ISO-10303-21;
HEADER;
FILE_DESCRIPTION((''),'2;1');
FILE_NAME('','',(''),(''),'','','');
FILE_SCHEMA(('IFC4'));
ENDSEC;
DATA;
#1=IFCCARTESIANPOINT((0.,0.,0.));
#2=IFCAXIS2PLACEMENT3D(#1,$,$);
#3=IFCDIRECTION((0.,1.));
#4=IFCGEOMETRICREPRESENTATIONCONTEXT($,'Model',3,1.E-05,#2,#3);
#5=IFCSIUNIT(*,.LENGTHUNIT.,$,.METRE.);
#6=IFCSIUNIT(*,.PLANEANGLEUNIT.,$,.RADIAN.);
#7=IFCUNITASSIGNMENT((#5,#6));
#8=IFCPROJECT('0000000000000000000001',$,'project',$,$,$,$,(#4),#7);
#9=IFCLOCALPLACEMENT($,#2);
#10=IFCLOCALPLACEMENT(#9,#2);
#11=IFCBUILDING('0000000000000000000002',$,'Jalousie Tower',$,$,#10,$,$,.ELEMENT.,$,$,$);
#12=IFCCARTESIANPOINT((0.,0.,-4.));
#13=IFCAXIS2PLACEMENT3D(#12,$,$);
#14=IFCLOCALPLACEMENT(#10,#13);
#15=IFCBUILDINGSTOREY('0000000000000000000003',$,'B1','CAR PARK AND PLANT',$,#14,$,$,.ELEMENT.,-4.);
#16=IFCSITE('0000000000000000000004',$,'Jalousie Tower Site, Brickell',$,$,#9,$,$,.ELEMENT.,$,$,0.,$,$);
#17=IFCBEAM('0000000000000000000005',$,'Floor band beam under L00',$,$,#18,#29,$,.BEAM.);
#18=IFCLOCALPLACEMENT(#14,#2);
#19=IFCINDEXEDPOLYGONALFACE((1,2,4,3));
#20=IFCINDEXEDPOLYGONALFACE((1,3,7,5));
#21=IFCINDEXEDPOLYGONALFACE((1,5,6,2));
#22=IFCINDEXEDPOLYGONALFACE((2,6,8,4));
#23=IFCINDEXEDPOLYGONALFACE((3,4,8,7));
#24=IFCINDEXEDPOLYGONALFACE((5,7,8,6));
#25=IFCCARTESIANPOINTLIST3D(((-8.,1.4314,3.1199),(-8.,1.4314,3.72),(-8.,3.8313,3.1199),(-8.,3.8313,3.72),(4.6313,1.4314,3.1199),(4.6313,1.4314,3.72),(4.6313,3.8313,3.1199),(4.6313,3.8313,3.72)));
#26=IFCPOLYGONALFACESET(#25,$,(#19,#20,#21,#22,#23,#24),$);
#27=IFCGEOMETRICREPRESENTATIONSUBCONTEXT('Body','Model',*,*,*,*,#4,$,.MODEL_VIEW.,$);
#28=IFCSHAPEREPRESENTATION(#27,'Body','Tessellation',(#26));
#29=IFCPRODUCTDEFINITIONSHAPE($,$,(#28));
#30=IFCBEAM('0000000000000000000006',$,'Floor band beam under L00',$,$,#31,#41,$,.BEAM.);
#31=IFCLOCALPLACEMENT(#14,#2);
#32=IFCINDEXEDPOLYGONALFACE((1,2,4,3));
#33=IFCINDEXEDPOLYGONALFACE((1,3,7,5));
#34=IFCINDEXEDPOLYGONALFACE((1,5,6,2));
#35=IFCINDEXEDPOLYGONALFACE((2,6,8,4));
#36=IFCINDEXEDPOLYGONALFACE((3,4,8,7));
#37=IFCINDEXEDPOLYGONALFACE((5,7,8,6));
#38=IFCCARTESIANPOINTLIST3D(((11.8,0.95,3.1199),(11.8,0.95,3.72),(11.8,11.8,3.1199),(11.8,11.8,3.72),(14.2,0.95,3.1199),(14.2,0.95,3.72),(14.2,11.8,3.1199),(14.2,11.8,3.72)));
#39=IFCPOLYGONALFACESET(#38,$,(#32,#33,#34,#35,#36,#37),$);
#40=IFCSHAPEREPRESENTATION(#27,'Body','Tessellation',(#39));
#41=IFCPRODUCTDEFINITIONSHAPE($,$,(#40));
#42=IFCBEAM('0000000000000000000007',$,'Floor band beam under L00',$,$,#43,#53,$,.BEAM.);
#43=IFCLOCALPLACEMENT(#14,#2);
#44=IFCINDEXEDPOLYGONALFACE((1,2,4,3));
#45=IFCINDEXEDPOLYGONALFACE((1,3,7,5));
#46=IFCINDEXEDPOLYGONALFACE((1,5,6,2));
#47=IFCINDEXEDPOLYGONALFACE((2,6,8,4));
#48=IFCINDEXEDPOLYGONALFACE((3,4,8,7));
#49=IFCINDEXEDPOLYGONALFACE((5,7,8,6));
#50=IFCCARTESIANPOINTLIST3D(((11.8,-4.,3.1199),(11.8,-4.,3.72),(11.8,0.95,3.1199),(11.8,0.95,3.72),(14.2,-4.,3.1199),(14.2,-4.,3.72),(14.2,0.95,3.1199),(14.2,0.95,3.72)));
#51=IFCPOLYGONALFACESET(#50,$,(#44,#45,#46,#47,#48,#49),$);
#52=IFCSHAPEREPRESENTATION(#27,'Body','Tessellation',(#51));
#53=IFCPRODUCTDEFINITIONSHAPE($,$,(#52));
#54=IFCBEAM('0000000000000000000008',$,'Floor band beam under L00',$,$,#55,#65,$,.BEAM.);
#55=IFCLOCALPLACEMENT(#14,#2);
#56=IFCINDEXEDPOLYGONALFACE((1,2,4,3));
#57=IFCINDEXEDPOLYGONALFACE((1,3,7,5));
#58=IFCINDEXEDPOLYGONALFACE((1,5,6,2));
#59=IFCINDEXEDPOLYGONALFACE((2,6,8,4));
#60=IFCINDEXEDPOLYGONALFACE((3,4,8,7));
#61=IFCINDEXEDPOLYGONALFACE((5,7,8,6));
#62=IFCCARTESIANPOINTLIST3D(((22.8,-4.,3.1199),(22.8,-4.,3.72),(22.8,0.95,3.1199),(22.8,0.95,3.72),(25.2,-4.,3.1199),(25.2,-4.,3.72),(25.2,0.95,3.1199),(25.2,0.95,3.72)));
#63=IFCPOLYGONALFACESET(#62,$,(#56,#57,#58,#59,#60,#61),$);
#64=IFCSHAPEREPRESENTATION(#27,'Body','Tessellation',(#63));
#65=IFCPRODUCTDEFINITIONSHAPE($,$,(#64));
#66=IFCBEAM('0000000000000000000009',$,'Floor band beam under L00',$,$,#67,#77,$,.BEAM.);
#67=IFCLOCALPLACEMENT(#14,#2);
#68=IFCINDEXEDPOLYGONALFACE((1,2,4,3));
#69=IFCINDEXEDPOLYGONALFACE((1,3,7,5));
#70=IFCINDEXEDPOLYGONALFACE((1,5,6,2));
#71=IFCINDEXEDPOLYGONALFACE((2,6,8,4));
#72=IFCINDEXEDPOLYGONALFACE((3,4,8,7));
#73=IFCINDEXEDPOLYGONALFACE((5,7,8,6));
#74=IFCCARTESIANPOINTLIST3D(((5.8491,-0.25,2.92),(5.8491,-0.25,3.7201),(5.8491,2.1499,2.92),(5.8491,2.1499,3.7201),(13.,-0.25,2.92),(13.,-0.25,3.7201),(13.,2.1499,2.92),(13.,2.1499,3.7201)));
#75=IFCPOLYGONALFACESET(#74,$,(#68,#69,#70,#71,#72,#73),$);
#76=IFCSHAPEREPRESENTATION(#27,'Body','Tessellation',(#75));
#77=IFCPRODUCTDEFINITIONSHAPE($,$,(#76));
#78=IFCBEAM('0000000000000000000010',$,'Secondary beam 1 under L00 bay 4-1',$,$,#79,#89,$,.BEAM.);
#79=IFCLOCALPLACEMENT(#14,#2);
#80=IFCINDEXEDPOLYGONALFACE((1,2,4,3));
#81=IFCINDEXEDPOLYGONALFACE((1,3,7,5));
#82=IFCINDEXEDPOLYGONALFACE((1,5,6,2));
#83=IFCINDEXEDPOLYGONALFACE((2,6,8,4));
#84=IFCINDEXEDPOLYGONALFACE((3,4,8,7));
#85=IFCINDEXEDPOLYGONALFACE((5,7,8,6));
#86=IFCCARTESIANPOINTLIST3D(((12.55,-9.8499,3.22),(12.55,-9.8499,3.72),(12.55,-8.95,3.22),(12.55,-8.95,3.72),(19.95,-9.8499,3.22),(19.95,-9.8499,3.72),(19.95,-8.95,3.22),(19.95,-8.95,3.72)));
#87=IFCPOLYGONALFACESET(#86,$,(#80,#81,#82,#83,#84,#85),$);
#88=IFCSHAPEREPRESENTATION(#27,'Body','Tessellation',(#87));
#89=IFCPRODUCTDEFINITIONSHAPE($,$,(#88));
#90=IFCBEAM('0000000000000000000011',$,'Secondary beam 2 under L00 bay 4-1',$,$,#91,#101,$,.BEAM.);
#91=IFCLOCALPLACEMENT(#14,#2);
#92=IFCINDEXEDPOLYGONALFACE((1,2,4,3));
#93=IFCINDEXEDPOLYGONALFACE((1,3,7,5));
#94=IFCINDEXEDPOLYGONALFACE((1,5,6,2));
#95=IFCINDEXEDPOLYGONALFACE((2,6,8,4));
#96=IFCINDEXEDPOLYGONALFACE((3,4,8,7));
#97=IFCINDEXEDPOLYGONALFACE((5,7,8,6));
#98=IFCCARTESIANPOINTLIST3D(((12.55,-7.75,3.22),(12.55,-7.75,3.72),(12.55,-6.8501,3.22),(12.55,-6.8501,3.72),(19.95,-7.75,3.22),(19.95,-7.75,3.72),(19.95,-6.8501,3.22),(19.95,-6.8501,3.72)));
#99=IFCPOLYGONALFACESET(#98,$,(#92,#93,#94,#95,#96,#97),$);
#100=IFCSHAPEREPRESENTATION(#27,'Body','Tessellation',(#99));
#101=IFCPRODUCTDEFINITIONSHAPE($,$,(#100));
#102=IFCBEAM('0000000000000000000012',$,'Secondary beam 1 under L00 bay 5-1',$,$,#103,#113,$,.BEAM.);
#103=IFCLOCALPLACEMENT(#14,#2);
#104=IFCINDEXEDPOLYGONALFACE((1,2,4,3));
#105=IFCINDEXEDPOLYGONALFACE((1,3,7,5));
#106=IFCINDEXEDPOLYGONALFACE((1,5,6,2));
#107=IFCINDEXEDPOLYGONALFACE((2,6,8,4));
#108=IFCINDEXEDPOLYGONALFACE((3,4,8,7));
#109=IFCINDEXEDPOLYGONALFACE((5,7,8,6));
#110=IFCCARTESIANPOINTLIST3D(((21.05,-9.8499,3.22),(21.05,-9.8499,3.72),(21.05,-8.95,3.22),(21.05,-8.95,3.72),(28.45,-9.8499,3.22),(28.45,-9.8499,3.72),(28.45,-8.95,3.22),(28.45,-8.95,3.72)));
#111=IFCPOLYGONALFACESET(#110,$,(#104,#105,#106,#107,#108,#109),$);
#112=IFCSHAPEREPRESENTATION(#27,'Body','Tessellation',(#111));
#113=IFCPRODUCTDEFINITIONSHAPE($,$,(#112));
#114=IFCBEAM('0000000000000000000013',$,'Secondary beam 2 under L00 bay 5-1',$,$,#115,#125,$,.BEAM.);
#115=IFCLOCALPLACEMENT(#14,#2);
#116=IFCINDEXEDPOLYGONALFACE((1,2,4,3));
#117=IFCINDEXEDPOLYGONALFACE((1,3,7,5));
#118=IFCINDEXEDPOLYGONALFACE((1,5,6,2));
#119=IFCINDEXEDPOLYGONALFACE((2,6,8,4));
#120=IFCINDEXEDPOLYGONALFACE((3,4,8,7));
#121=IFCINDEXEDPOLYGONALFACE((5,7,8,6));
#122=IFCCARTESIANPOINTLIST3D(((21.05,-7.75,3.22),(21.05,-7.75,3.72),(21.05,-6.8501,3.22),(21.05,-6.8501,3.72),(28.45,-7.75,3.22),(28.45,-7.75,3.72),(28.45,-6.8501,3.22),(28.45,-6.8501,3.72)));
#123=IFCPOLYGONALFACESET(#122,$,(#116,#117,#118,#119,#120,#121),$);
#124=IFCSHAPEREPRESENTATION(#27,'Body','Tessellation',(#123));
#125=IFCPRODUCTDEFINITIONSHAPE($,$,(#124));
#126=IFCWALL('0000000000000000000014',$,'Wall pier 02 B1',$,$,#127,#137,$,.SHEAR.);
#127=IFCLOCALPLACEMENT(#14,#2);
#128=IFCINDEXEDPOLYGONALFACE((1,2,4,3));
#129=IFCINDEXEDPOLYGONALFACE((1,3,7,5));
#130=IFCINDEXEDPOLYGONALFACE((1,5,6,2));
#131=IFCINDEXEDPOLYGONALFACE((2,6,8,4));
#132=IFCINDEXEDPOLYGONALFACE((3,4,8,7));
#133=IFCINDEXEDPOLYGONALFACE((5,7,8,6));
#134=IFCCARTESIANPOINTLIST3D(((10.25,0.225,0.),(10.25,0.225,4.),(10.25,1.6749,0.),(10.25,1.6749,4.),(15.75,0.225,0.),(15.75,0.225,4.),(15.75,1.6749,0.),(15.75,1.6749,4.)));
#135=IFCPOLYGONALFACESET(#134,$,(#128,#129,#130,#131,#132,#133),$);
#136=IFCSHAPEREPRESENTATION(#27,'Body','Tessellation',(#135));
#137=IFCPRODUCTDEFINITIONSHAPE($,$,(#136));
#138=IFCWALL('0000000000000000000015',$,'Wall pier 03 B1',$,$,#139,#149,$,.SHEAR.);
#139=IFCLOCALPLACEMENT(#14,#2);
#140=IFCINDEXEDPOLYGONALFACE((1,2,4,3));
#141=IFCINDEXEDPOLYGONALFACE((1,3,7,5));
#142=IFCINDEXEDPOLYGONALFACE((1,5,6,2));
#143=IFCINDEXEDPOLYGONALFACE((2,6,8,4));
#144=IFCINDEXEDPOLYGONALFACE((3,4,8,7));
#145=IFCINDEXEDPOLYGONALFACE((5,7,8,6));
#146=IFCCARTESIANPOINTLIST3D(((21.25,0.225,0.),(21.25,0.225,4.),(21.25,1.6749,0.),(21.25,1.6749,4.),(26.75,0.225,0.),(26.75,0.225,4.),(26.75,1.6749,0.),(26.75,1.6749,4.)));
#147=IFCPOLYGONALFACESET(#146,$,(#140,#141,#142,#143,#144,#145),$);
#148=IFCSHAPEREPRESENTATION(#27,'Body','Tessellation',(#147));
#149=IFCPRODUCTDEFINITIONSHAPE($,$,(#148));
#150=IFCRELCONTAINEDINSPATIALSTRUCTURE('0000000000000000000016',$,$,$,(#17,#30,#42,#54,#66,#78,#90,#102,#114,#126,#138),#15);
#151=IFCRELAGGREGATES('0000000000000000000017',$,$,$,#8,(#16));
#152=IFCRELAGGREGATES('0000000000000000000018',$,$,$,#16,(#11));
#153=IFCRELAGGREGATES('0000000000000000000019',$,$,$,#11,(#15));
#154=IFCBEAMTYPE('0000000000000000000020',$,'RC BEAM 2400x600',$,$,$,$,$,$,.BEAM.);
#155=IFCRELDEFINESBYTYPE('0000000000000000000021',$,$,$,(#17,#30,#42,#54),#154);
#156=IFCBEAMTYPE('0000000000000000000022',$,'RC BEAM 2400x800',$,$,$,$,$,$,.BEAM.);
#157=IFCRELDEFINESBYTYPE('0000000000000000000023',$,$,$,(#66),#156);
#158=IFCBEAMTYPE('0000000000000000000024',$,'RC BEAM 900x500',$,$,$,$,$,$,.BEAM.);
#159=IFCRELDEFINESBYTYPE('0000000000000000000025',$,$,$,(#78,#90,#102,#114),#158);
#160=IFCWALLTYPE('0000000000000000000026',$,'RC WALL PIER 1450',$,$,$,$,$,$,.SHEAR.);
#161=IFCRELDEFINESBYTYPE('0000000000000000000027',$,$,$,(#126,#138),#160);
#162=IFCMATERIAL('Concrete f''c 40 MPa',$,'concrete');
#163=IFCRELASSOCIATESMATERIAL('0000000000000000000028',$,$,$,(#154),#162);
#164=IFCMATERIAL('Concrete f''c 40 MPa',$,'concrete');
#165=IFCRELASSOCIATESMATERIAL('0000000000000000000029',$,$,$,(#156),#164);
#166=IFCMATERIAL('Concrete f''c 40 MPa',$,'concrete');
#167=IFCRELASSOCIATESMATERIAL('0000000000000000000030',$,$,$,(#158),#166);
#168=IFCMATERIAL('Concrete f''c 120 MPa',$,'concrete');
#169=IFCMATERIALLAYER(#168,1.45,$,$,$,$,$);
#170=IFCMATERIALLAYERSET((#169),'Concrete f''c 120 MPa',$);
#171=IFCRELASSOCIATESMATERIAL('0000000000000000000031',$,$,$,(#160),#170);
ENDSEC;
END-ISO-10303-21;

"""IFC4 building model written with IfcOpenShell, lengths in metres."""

from ifc_helpers import new_model, si_unit, direction, frame, frame_2d, origin, origin_2d, place, context, subcontext, project, spatial, rectangle, extrude, material, layer, layer_set, material_profile, profile_set, type_object, element, save


model = new_model("IFC4")

# Units and contexts
model_context = context("Model", 3, precision=1e-05, world=origin(), true_north=direction((0.0, 1.0)))
body_context = subcontext(model_context, "Body", "Model", "MODEL_VIEW")
ifc_project = project(units=[si_unit("LENGTHUNIT", "METRE"), si_unit("PLANEANGLEUNIT", "RADIAN")], contexts=[model_context])

# Site, building, storey
site_placement = place(None, origin())
site = spatial("IfcSite", under=ifc_project, at=site_placement, Name="Jalousie Tower Site, Brickell", CompositionType="ELEMENT", RefElevation=0.0)
building_placement = place(site_placement, origin())
building = spatial("IfcBuilding", under=site, at=building_placement, Name="Jalousie Tower", CompositionType="ELEMENT")
storey_placement = place(building_placement, frame((0.0, 0.0, -4.0)))
storey = spatial("IfcBuildingStorey", under=building, at=storey_placement, Name="B1", Description="CAR PARK AND PLANT", CompositionType="ELEMENT", Elevation=-4.0)

# Beams
ifc_material_1 = material(Name="Concrete f'c 40 MPa", Category="concrete")
ifc_material_profile_1 = material_profile(ifc_material_1, rectangle(XDim=2.3999, YDim=0.6001, at=origin_2d()), Name="RC 2400x600")
ifc_profile_set_1 = profile_set([ifc_material_profile_1], Name="Concrete f'c 40 MPa")
beam_type_1 = type_object("IfcBeamType", Name="RC BEAM 2400x600", PredefinedType="BEAM", material=ifc_profile_set_1)
beam_1_placement = place(storey_placement, frame((4.6313, 2.6313, 3.4199), z_axis=(-1.0, 0.0, 0.0), x_axis=(0.0, -1.0, 0.0)))
element("IfcBeam", 1, at=beam_1_placement, inside=storey, type_object=beam_type_1, Name="Floor band beam under L00", PredefinedType="BEAM", context=body_context, shape_type="SweptSolid", body=[
    extrude(rectangle(XDim=2.3999, YDim=0.6001, at=origin_2d()), origin(), (0.0, 0.0, 1.0), 12.6313),
])
beam_2_placement = place(storey_placement, frame((13.0, 0.95, 3.4199), z_axis=(0.0, 1.0, 0.0), x_axis=(-1.0, 0.0, 0.0)))
element("IfcBeam", 2, at=beam_2_placement, inside=storey, type_object=beam_type_1, Name="Floor band beam under L00", PredefinedType="BEAM", context=body_context, shape_type="SweptSolid", body=[
    extrude(rectangle(XDim=2.3999, YDim=0.6001, at=origin_2d()), origin(), (0.0, 0.0, 1.0), 10.8501),
])
for number, where, z_axis, x_axis, name in (
    (3, (13.0, 0.95, 3.4199), (0.0, -1.0, 0.0), (1.0, 0.0, 0.0), "Floor band beam under L00"),
    (4, (24.0, 0.95, 3.4199), (0.0, -1.0, 0.0), (1.0, 0.0, 0.0), "Floor band beam under L00"),
):
    element("IfcBeam", number, at=place(storey_placement, frame(where, z_axis=z_axis, x_axis=x_axis)), inside=storey, type_object=beam_type_1, Name=name, PredefinedType="BEAM", context=body_context, shape_type="SweptSolid", body=[
        extrude(rectangle(XDim=2.3999, YDim=0.6001, at=origin_2d()), origin(), (0.0, 0.0, 1.0), 4.95),
    ])
ifc_material_2 = material(Name="Concrete f'c 40 MPa", Category="concrete")
ifc_material_profile_2 = material_profile(ifc_material_2, rectangle(XDim=2.3999, YDim=0.8, at=origin_2d()), Name="RC 2400x800")
ifc_profile_set_2 = profile_set([ifc_material_profile_2], Name="Concrete f'c 40 MPa")
beam_type_2 = type_object("IfcBeamType", Name="RC BEAM 2400x800", PredefinedType="BEAM", material=ifc_profile_set_2)
beam_3_placement = place(storey_placement, frame((13.0, 0.95, 3.3201), z_axis=(-1.0, 0.0, 0.0), x_axis=(0.0, -1.0, 0.0)))
element("IfcBeam", 5, at=beam_3_placement, inside=storey, type_object=beam_type_2, Name="Floor band beam under L00", PredefinedType="BEAM", context=body_context, shape_type="SweptSolid", body=[
    extrude(rectangle(XDim=2.3999, YDim=0.8, at=origin_2d()), origin(), (0.0, 0.0, 1.0), 7.1509),
])
ifc_material_3 = material(Name="Concrete f'c 40 MPa", Category="concrete")
ifc_material_profile_3 = material_profile(ifc_material_3, rectangle(XDim=0.8999, YDim=0.5, at=origin_2d()), Name="RC 900x500")
ifc_profile_set_3 = profile_set([ifc_material_profile_3], Name="Concrete f'c 40 MPa")
beam_type_3 = type_object("IfcBeamType", Name="RC BEAM 900x500", PredefinedType="BEAM", material=ifc_profile_set_3)
for number, where, z_axis, x_axis, name in (
    (6, (12.55, -9.3999, 3.47), (1.0, 0.0, 0.0), (0.0, 1.0, 0.0), "Secondary beam 1 under L00 bay 4-1"),
    (7, (12.55, -7.3, 3.47), (1.0, 0.0, 0.0), (0.0, 1.0, 0.0), "Secondary beam 2 under L00 bay 4-1"),
    (8, (21.05, -9.3999, 3.47), (1.0, 0.0, 0.0), (0.0, 1.0, 0.0), "Secondary beam 1 under L00 bay 5-1"),
    (9, (21.05, -7.3, 3.47), (1.0, 0.0, 0.0), (0.0, 1.0, 0.0), "Secondary beam 2 under L00 bay 5-1"),
):
    element("IfcBeam", number, at=place(storey_placement, frame(where, z_axis=z_axis, x_axis=x_axis)), inside=storey, type_object=beam_type_3, Name=name, PredefinedType="BEAM", context=body_context, shape_type="SweptSolid", body=[
        extrude(rectangle(XDim=0.8999, YDim=0.5, at=origin_2d()), origin(), (0.0, 0.0, 1.0), 7.3999),
    ])

# Walls
ifc_material_4 = material(Name="Concrete f'c 120 MPa", Category="concrete")
ifc_layer = layer(ifc_material_4, 1.45)
ifc_layer_set = layer_set([ifc_layer], Name="Concrete f'c 120 MPa")
wall_type = type_object("IfcWallType", Name="RC WALL PIER 1450", PredefinedType="SHEAR", material=ifc_layer_set)
for number, where, z_axis, x_axis, name in (
    (10, (10.25, 0.95, 0.0), (0.0, 0.0, 1.0), (1.0, 0.0, 0.0), "Wall pier 02 B1"),
    (11, (21.25, 0.95, 0.0), (0.0, 0.0, 1.0), (1.0, 0.0, 0.0), "Wall pier 03 B1"),
):
    element("IfcWall", number, at=place(storey_placement, frame(where, z_axis=z_axis, x_axis=x_axis)), inside=storey, type_object=wall_type, Name=name, PredefinedType="SHEAR", context=body_context, shape_type="SweptSolid", body=[
        extrude(rectangle(XDim=5.5, YDim=1.45, at=frame_2d((2.75, 0.0))), origin(), (0.0, 0.0, 1.0), 4.0),
    ])

save(model, "model.ifc")
